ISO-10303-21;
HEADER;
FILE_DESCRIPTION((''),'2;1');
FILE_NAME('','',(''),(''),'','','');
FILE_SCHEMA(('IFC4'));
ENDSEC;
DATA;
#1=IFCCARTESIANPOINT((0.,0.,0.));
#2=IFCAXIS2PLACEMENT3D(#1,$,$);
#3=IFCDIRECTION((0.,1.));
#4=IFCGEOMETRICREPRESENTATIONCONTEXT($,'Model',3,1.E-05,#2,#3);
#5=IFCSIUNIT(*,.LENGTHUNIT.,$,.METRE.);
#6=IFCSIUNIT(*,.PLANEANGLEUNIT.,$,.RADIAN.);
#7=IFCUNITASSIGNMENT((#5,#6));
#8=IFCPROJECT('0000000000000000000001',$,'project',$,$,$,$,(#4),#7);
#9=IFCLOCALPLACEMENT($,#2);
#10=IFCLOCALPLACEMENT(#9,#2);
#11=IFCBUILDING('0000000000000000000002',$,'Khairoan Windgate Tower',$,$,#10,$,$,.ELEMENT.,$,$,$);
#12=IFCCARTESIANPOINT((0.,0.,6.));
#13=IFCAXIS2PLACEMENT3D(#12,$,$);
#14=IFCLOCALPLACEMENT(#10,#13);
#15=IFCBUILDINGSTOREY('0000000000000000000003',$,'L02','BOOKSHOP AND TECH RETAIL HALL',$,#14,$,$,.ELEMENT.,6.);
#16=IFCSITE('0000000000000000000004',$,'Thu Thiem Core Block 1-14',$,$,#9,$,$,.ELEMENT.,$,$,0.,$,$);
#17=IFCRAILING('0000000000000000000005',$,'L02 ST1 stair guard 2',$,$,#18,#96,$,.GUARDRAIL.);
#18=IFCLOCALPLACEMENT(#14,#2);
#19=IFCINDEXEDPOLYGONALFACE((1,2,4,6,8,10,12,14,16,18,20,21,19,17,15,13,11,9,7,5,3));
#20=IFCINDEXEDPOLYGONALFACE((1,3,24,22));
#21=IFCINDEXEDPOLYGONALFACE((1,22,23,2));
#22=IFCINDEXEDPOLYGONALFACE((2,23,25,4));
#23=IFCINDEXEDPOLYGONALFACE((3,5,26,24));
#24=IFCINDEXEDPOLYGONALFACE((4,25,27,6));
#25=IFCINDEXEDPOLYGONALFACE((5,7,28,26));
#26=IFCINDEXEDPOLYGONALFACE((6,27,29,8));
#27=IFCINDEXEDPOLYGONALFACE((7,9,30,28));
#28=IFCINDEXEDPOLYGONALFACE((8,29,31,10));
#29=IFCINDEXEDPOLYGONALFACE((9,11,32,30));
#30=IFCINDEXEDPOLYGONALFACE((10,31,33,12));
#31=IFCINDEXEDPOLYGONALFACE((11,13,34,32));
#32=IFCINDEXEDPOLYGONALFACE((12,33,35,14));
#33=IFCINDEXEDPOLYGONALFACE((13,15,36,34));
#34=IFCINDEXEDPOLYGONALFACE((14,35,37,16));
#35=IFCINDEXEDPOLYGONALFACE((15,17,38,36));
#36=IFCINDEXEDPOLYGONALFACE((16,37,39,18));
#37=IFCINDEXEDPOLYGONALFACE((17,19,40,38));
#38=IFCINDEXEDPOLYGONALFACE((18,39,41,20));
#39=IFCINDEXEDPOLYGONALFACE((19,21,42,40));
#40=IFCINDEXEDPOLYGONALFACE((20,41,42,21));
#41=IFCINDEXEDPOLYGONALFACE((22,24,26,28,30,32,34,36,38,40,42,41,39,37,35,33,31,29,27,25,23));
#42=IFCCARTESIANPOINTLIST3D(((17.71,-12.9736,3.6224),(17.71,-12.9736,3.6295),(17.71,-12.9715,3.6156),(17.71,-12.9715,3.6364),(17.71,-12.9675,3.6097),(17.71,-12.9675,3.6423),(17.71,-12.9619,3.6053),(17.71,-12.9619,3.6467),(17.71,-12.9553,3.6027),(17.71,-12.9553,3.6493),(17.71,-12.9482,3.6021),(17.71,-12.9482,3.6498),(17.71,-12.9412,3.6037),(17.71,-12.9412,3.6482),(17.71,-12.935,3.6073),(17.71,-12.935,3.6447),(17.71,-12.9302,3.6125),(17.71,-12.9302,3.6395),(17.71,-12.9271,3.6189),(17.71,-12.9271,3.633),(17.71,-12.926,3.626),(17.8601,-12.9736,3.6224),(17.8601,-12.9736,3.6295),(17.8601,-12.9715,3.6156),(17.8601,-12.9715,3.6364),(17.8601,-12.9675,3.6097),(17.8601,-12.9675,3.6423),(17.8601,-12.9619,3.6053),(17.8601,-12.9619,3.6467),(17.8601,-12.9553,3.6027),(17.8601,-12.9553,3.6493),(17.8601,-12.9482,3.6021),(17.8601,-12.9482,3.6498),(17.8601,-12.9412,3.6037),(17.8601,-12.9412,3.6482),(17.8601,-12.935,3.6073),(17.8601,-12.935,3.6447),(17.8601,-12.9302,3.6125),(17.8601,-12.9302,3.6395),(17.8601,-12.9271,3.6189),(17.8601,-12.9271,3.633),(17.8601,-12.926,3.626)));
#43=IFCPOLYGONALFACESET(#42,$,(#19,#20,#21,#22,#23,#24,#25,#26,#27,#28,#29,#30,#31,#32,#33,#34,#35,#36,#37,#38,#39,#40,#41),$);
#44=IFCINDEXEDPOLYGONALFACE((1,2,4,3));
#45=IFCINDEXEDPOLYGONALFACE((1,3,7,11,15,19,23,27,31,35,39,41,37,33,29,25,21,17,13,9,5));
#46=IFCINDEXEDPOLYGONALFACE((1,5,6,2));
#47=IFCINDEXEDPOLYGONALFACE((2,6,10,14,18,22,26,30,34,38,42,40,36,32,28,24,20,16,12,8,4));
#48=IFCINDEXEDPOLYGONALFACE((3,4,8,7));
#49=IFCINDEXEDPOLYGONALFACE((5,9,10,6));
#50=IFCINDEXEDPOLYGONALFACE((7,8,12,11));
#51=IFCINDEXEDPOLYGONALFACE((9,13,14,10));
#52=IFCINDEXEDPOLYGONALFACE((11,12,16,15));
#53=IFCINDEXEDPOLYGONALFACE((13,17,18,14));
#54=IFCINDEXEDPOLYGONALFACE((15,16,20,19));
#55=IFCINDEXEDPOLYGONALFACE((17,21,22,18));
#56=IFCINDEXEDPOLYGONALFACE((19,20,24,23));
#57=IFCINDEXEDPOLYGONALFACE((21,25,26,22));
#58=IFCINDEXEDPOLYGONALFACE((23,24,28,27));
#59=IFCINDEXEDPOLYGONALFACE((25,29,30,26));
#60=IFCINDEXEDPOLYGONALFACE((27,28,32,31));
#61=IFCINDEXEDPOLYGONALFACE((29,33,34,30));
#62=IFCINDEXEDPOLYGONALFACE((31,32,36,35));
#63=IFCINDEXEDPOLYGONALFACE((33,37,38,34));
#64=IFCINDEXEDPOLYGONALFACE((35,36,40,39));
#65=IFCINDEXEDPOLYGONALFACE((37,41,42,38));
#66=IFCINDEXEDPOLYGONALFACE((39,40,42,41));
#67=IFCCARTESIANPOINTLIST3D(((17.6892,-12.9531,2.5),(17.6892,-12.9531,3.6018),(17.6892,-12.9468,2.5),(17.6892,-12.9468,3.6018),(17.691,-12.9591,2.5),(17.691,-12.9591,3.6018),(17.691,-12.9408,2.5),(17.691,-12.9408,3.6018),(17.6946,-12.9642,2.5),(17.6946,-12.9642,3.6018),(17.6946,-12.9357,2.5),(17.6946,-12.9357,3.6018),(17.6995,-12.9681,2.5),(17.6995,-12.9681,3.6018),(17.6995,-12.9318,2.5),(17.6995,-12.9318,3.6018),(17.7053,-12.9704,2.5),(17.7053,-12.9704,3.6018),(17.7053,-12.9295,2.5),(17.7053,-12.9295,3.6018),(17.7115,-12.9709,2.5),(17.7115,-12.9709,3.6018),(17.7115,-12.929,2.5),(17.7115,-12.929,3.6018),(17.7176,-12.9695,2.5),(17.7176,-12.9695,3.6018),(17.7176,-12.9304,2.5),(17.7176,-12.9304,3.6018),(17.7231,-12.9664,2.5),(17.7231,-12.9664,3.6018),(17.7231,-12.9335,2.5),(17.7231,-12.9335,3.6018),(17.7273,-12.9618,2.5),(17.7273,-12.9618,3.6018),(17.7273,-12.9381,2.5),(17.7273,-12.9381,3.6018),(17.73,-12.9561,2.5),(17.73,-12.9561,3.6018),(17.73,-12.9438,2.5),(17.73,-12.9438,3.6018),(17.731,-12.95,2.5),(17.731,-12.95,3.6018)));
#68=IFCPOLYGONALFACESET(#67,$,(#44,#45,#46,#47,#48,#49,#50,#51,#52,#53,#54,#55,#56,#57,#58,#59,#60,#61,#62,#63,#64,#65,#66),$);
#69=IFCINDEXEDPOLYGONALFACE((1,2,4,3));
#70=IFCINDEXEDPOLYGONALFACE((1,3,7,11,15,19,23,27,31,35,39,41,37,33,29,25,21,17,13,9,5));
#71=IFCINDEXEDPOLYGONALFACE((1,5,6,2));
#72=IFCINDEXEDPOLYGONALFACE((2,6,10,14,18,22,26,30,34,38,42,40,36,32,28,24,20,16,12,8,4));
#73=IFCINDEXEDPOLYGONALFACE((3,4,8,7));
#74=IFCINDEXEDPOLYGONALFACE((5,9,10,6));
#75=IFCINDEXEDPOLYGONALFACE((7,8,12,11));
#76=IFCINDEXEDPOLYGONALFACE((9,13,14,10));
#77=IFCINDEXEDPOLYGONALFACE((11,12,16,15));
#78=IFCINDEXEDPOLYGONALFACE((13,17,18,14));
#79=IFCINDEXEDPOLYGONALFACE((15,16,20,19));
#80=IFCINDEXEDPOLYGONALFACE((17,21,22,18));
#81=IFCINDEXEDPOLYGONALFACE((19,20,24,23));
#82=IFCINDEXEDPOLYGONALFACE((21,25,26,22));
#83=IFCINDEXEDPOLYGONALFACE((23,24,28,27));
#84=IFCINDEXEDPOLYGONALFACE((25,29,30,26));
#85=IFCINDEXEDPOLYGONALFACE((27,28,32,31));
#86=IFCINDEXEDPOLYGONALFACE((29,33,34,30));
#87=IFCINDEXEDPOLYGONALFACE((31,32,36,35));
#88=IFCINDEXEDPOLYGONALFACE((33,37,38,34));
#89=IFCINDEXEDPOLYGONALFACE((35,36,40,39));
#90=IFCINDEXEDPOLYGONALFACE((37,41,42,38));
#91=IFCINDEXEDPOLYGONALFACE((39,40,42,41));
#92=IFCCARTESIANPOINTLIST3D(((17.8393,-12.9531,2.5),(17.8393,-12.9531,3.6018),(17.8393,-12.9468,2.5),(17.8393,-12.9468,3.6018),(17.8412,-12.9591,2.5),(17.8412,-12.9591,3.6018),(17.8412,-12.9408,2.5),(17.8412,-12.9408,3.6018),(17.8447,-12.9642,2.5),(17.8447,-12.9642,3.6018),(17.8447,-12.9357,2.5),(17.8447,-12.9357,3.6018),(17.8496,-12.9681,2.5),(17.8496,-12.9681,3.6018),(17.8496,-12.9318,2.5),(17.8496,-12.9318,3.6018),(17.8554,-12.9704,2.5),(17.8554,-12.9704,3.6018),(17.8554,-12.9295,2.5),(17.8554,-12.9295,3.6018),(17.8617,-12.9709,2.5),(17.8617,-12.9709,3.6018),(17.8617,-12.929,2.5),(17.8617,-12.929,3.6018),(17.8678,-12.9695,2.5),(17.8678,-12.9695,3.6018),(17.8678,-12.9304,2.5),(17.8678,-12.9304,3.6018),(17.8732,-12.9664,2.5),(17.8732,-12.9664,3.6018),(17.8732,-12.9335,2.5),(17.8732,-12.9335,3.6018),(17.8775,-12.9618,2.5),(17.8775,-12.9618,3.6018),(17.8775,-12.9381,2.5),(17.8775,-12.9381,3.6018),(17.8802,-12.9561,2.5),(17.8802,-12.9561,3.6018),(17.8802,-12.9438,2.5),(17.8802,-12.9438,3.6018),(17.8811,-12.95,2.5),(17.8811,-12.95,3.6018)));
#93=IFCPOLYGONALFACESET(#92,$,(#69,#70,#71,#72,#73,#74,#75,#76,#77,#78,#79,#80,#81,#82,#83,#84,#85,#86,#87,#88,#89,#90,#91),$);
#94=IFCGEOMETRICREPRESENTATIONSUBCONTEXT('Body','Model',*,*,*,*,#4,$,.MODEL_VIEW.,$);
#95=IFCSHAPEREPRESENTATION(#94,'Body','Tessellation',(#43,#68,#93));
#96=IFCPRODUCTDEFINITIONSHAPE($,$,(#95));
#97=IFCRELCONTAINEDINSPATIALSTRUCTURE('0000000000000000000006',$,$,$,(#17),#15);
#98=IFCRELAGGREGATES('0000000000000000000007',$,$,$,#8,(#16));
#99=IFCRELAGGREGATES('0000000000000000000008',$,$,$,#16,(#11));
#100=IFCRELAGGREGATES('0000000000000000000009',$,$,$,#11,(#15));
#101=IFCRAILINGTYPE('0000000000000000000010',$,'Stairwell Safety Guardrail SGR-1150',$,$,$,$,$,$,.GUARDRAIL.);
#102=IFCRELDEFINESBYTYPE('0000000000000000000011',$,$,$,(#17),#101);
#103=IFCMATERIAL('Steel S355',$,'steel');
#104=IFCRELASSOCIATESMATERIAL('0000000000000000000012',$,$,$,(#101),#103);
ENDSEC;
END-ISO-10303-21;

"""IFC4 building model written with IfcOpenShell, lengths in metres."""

from ifc_helpers import new_model, si_unit, direction, frame, origin, origin_2d, place, context, subcontext, project, spatial, circle, extrude, material, type_object, element, save


model = new_model("IFC4")

# Units and contexts
model_context = context("Model", 3, precision=1e-05, world=origin(), true_north=direction((0.0, 1.0)))
body_context = subcontext(model_context, "Body", "Model", "MODEL_VIEW")
ifc_project = project(units=[si_unit("LENGTHUNIT", "METRE"), si_unit("PLANEANGLEUNIT", "RADIAN")], contexts=[model_context])

# Site, building, storey
site_placement = place(None, origin())
site = spatial("IfcSite", under=ifc_project, at=site_placement, Name="Thu Thiem Core Block 1-14", CompositionType="ELEMENT", RefElevation=0.0)
building_placement = place(site_placement, origin())
building = spatial("IfcBuilding", under=site, at=building_placement, Name="Khairoan Windgate Tower", CompositionType="ELEMENT")
storey_placement = place(building_placement, frame((0.0, 0.0, 6.0)))
storey = spatial("IfcBuildingStorey", under=building, at=storey_placement, Name="L02", Description="BOOKSHOP AND TECH RETAIL HALL", CompositionType="ELEMENT", Elevation=6.0)

# Railing
ifc_material_1 = material(Name="Steel S355", Category="steel")
railing_type_1 = type_object("IfcRailingType", Name="Stairwell Safety Guardrail SGR-1150", PredefinedType="GUARDRAIL", material=ifc_material_1)
railing_1_placement = place(storey_placement, frame((17.71, -12.95, 2.5)))
element("IfcRailing", 1, at=railing_1_placement, inside=storey, type_object=railing_type_1, Name="L02 ST1 stair guard 2", PredefinedType="GUARDRAIL", context=body_context, shape_type="SweptSolid", body=[
    extrude(circle(Radius=0.0239, at=origin_2d()), frame((0.0, 0.0, 1.126), z_axis=(1.0, 0.0, 0.0), x_axis=(0.0, 1.0, 0.0)), (0.0, 0.0, 1.0), 0.1501),
    extrude(circle(Radius=0.021, at=origin_2d()), origin(), (0.0, 0.0, 1.0), 1.1018),
    extrude(circle(Radius=0.021, at=origin_2d()), frame((0.1501, 0.0, 0.0)), (0.0, 0.0, 1.0), 1.1018),
])

save(model, "model.ifc")
